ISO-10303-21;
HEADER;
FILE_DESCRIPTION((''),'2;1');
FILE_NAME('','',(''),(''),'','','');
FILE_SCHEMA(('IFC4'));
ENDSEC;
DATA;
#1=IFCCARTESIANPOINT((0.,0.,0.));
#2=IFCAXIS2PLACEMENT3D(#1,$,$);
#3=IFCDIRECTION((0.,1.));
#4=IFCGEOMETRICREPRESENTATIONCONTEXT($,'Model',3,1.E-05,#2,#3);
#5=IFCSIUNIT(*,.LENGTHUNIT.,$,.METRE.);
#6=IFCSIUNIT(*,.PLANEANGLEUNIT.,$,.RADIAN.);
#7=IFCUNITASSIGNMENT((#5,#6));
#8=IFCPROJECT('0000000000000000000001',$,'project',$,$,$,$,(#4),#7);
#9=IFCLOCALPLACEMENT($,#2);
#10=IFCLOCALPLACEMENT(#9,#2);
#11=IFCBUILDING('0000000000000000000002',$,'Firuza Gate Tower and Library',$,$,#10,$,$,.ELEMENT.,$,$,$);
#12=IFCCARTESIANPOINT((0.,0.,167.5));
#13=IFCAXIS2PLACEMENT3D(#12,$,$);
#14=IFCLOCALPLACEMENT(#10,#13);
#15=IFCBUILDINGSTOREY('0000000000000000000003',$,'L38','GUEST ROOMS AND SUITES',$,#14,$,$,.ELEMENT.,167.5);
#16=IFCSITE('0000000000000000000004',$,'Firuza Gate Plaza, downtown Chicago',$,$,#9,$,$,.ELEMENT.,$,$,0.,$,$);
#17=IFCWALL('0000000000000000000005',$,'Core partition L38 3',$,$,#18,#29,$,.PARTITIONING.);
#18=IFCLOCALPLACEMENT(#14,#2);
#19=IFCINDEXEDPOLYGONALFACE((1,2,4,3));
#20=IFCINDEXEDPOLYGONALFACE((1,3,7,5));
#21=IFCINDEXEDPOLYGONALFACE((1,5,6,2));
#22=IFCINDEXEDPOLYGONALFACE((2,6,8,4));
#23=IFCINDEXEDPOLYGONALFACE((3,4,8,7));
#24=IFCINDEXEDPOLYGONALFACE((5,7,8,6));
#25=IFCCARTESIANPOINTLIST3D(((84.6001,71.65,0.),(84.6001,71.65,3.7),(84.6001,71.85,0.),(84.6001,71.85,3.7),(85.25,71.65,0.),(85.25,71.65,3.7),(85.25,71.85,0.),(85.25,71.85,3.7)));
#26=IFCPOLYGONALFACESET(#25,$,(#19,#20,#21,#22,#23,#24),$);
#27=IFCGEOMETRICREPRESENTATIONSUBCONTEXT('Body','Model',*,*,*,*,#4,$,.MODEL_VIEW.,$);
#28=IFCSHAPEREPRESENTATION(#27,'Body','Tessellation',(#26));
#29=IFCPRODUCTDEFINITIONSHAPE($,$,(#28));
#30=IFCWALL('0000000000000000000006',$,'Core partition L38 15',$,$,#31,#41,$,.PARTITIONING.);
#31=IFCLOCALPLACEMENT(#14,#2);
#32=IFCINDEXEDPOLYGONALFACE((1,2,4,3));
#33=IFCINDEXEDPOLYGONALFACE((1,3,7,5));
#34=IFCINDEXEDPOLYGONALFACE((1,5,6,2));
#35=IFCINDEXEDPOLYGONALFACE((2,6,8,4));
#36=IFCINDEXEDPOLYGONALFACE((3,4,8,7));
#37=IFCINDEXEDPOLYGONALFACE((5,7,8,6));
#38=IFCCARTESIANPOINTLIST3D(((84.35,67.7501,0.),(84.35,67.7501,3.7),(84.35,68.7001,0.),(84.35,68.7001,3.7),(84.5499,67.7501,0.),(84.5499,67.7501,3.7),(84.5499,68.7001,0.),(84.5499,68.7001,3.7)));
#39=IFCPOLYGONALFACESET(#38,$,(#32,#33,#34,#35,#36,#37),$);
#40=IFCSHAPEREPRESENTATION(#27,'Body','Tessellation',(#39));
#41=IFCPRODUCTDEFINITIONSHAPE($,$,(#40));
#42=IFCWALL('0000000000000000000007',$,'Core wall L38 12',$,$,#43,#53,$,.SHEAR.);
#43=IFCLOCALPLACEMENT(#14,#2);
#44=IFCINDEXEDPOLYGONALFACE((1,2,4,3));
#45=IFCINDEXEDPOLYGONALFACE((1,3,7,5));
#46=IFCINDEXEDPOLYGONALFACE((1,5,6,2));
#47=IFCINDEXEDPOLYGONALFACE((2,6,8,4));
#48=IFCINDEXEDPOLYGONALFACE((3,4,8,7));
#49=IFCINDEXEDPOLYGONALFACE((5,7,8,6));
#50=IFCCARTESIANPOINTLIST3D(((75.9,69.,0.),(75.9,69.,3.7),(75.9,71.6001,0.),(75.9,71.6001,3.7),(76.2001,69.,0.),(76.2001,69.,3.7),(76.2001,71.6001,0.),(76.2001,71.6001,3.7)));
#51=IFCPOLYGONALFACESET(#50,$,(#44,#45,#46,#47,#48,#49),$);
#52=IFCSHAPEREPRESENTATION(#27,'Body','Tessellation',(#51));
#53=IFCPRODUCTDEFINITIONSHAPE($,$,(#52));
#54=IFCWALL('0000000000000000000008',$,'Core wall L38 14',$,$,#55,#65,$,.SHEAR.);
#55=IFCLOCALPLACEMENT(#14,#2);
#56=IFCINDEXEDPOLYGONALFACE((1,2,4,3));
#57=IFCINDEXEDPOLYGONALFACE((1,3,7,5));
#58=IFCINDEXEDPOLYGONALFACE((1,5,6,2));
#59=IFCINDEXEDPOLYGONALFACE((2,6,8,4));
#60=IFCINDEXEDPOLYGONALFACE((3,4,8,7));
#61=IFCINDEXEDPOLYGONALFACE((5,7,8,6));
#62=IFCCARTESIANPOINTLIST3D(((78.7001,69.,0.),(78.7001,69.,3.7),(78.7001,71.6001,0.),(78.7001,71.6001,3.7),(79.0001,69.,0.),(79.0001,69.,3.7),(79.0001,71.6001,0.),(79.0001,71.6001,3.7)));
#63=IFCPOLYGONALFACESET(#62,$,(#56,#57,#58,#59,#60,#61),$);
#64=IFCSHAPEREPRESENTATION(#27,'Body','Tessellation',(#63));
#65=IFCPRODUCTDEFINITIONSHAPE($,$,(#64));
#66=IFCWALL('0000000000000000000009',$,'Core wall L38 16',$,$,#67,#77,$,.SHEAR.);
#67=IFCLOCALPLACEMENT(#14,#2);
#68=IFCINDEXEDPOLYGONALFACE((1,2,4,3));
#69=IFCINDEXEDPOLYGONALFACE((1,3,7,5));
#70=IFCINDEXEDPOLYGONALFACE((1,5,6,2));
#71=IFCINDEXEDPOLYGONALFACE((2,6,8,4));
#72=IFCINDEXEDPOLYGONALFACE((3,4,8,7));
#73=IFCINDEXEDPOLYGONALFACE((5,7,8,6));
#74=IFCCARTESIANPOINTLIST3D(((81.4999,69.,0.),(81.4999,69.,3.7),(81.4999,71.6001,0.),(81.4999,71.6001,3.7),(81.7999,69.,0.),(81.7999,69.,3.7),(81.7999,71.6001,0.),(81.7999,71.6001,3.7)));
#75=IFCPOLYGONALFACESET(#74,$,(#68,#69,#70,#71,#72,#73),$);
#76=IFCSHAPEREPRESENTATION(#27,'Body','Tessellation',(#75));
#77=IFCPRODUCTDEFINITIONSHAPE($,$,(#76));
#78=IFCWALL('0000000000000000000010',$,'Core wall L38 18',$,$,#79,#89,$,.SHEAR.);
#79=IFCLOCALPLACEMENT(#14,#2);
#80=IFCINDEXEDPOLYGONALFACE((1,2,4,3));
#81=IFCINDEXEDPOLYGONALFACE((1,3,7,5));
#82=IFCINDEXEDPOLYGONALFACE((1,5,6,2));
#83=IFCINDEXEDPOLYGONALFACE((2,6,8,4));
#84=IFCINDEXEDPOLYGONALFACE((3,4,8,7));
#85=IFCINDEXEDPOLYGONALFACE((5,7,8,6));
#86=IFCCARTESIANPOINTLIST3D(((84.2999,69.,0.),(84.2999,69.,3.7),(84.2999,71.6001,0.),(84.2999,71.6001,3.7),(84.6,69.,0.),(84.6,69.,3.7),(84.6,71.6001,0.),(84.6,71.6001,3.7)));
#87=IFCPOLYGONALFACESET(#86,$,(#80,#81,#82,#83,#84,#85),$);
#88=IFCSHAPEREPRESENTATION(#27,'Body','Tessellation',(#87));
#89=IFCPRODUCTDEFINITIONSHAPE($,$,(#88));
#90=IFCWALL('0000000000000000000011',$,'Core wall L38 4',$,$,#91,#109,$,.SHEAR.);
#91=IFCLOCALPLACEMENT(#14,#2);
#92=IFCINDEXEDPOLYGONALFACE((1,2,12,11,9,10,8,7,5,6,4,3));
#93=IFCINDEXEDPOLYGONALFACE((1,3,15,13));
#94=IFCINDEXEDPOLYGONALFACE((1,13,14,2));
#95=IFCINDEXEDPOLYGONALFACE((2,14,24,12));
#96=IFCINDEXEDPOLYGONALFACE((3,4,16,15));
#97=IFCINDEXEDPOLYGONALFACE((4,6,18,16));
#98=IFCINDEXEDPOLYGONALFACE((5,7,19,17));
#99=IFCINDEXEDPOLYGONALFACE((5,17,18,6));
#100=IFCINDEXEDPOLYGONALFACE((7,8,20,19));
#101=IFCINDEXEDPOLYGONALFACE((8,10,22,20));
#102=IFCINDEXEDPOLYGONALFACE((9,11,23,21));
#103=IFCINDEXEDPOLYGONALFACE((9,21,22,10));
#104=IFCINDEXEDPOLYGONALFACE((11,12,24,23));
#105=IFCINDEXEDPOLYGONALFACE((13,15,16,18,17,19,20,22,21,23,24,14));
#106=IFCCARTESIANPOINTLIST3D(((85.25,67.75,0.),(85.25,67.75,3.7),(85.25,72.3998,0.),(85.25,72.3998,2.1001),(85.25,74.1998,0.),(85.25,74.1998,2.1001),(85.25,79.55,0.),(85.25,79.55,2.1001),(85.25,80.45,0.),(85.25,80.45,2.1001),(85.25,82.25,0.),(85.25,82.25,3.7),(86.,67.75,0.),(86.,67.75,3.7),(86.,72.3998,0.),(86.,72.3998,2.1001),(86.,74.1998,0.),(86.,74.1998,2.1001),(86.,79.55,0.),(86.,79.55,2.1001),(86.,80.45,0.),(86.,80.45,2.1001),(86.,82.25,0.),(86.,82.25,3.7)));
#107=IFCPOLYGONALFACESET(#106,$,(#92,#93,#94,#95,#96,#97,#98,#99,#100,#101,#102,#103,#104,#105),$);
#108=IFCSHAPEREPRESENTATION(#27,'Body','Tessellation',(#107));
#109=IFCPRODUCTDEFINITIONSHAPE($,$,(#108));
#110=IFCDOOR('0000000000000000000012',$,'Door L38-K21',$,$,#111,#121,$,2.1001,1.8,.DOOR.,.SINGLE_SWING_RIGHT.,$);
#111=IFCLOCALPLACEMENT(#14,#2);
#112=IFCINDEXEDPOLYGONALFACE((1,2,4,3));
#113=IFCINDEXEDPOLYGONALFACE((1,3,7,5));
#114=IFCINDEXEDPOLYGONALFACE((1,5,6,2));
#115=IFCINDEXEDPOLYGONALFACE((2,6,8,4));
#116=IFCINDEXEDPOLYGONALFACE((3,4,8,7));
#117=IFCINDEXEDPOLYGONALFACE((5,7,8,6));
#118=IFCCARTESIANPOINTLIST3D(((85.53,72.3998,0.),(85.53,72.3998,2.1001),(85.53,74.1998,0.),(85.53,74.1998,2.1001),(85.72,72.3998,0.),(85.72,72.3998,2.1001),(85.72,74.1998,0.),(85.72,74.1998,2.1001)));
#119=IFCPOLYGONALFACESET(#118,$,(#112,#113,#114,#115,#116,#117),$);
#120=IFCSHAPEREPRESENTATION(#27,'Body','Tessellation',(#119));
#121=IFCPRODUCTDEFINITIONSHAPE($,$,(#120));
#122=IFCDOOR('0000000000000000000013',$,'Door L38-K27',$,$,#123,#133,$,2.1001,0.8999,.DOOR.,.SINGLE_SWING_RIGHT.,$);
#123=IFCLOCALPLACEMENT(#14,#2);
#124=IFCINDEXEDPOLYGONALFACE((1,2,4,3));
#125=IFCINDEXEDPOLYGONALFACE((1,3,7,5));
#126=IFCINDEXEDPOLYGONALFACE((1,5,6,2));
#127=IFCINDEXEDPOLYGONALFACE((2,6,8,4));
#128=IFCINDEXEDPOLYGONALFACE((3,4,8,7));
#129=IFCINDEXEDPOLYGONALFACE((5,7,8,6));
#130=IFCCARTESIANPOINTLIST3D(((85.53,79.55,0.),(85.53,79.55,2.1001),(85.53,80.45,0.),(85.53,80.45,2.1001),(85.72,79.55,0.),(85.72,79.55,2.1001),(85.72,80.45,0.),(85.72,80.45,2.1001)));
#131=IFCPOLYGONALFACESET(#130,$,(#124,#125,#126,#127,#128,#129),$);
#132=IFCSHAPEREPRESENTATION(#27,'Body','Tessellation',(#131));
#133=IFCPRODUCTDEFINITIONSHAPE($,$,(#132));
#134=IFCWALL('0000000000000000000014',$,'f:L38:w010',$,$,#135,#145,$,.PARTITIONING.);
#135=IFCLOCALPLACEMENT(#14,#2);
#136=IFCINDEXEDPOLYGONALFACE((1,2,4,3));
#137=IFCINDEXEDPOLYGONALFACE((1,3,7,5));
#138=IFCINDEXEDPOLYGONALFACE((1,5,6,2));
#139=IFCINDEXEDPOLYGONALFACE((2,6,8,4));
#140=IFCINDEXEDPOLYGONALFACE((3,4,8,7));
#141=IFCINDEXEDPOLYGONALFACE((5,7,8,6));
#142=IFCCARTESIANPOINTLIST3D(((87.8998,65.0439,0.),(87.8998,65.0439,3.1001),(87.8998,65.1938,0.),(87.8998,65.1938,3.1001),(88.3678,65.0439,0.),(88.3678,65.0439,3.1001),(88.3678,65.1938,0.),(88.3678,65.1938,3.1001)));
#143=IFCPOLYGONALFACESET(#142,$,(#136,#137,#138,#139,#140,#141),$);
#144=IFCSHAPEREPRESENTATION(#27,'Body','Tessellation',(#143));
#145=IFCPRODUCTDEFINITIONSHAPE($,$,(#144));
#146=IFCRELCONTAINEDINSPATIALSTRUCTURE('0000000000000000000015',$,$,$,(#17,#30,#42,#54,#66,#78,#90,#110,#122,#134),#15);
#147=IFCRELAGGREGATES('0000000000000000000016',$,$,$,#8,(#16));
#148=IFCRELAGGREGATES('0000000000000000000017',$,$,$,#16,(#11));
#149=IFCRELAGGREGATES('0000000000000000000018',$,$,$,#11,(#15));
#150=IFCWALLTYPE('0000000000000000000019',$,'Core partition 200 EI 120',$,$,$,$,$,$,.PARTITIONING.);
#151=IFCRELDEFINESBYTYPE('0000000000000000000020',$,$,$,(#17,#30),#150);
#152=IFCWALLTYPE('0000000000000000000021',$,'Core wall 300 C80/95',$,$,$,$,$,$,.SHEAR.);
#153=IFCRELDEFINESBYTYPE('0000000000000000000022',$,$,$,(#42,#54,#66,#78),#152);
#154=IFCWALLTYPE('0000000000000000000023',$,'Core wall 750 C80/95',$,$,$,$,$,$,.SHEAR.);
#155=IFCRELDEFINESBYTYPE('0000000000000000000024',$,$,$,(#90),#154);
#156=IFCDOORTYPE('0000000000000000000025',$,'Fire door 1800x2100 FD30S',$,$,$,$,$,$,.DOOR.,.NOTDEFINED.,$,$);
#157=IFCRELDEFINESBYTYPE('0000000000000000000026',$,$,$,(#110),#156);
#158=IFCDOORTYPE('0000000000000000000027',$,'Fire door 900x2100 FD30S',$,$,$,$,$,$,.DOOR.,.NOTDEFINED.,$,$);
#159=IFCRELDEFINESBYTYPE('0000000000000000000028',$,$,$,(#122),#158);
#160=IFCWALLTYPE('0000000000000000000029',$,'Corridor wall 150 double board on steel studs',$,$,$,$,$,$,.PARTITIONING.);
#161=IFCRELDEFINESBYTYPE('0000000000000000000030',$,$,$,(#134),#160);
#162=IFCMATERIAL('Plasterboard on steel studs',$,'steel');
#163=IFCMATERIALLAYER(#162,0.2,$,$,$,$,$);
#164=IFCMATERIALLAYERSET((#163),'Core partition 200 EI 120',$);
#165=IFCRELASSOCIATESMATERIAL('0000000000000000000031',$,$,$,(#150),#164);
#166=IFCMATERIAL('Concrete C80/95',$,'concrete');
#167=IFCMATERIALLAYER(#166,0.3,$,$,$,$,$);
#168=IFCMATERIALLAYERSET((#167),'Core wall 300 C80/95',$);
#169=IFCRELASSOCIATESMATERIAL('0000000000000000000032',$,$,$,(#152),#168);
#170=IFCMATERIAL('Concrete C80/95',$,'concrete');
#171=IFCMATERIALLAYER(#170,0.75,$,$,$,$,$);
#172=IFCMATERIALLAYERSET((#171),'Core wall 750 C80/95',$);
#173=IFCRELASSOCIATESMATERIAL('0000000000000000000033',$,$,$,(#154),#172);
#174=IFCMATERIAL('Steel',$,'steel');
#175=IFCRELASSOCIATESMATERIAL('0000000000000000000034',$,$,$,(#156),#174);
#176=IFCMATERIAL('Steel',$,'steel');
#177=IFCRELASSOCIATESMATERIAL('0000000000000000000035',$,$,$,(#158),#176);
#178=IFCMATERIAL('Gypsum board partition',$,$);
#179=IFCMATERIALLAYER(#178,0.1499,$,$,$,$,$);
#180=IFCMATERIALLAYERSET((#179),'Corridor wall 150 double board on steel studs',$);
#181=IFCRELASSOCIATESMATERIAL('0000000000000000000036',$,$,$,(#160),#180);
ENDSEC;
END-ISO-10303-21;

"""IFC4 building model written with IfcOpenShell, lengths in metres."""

from ifc_helpers import new_model, si_unit, direction, frame, frame_2d, origin, place, context, subcontext, project, spatial, rectangle, extrude, material, layer, layer_set, type_object, element, fill, save


model = new_model("IFC4")

# Units and contexts
model_context = context("Model", 3, precision=1e-05, world=origin(), true_north=direction((0.0, 1.0)))
body_context = subcontext(model_context, "Body", "Model", "MODEL_VIEW")
ifc_project = project(units=[si_unit("LENGTHUNIT", "METRE"), si_unit("PLANEANGLEUNIT", "RADIAN")], contexts=[model_context])

# Site, building, storey
site_placement = place(None, origin())
site = spatial("IfcSite", under=ifc_project, at=site_placement, Name="Firuza Gate Plaza, downtown Chicago", CompositionType="ELEMENT", RefElevation=0.0)
building_placement = place(site_placement, origin())
building = spatial("IfcBuilding", under=site, at=building_placement, Name="Firuza Gate Tower and Library", CompositionType="ELEMENT")
storey_placement = place(building_placement, frame((0.0, 0.0, 167.5)))
storey = spatial("IfcBuildingStorey", under=building, at=storey_placement, Name="L38", Description="GUEST ROOMS AND SUITES", CompositionType="ELEMENT", Elevation=167.5)

# Walls
ifc_material_1 = material(Name="Plasterboard on steel studs", Category="steel")
ifc_layer_1 = layer(ifc_material_1, 0.2)
ifc_layer_set_1 = layer_set([ifc_layer_1], Name="Core partition 200 EI 120")
wall_type_1 = type_object("IfcWallType", Name="Core partition 200 EI 120", PredefinedType="PARTITIONING", material=ifc_layer_set_1)
wall_1_placement = place(storey_placement, frame((84.6001, 71.75, 0.0), z_axis=(0.0, 0.0, 1.0), x_axis=(1.0, 0.0, 0.0)))
element("IfcWall", 1, at=wall_1_placement, inside=storey, type_object=wall_type_1, Name="Core partition L38 3", PredefinedType="PARTITIONING", context=body_context, shape_type="SweptSolid", body=[
    extrude(rectangle(XDim=0.6499, YDim=0.2, at=frame_2d((0.325, 0.0))), origin(), (0.0, 0.0, 1.0), 3.7),
])
wall_2_placement = place(storey_placement, frame((84.45, 67.75, 0.0), z_axis=(0.0, 0.0, 1.0), x_axis=(0.0, 1.0, 0.0)))
element("IfcWall", 2, at=wall_2_placement, inside=storey, type_object=wall_type_1, Name="Core partition L38 15", PredefinedType="PARTITIONING", context=body_context, shape_type="SweptSolid", body=[
    extrude(rectangle(XDim=0.95, YDim=0.2, at=frame_2d((0.4751, 0.0))), origin(), (0.0, 0.0, 1.0), 3.7),
])
ifc_material_2 = material(Name="Concrete C80/95", Category="concrete")
ifc_layer_2 = layer(ifc_material_2, 0.3)
ifc_layer_set_2 = layer_set([ifc_layer_2], Name="Core wall 300 C80/95")
wall_type_2 = type_object("IfcWallType", Name="Core wall 300 C80/95", PredefinedType="SHEAR", material=ifc_layer_set_2)
for number, where, z_axis, x_axis, name in (
    (3, (76.05, 69.0, 0.0), (0.0, 0.0, 1.0), (0.0, 1.0, 0.0), "Core wall L38 12"),
    (4, (78.8501, 69.0, 0.0), (0.0, 0.0, 1.0), (0.0, 1.0, 0.0), "Core wall L38 14"),
    (5, (81.6499, 69.0, 0.0), (0.0, 0.0, 1.0), (0.0, 1.0, 0.0), "Core wall L38 16"),
    (6, (84.45, 69.0, 0.0), (0.0, 0.0, 1.0), (0.0, 1.0, 0.0), "Core wall L38 18"),
):
    element("IfcWall", number, at=place(storey_placement, frame(where, z_axis=z_axis, x_axis=x_axis)), inside=storey, type_object=wall_type_2, Name=name, PredefinedType="SHEAR", context=body_context, shape_type="SweptSolid", body=[
        extrude(rectangle(XDim=2.6001, YDim=0.3, at=frame_2d((1.3, 0.0))), origin(), (0.0, 0.0, 1.0), 3.7),
    ])

# Wall, openings, doors
ifc_material_3 = material(Name="Concrete C80/95", Category="concrete")
ifc_layer_3 = layer(ifc_material_3, 0.75)
ifc_layer_set_3 = layer_set([ifc_layer_3], Name="Core wall 750 C80/95")
wall_type_3 = type_object("IfcWallType", Name="Core wall 750 C80/95", PredefinedType="SHEAR", material=ifc_layer_set_3)
wall_3_placement = place(storey_placement, frame((85.625, 67.75, 0.0), z_axis=(0.0, 0.0, 1.0), x_axis=(0.0, 1.0, 0.0)))
wall_3 = element("IfcWall", 7, at=wall_3_placement, inside=storey, type_object=wall_type_3, Name="Core wall L38 4", PredefinedType="SHEAR", context=body_context, shape_type="SweptSolid", body=[
    extrude(rectangle(XDim=14.5, YDim=0.75, at=frame_2d((7.25, 0.0))), origin(), (0.0, 0.0, 1.0), 3.7),
])
opening_1_placement = place(wall_3_placement, frame((4.6499, 0.0, 0.0)))
opening_1 = element("IfcOpeningElement", 8, at=opening_1_placement, cuts=wall_3, PredefinedType="OPENING", context=body_context, shape_type="SweptSolid", body=[
    extrude(rectangle(XDim=1.8, YDim=2.1001, at=frame_2d((0.8999, 1.05))), frame((0.0, 0.385, 0.0), z_axis=(0.0, -1.0, 0.0), x_axis=(1.0, 0.0, 0.0)), (0.0, 0.0, 1.0), 0.77),
])
opening_2_placement = place(wall_3_placement, frame((11.8, 0.0, 0.0)))
opening_2 = element("IfcOpeningElement", 9, at=opening_2_placement, cuts=wall_3, PredefinedType="OPENING", context=body_context, shape_type="SweptSolid", body=[
    extrude(rectangle(XDim=0.8999, YDim=2.1001, at=frame_2d((0.45, 1.05))), frame((0.0, 0.385, 0.0), z_axis=(0.0, -1.0, 0.0), x_axis=(1.0, 0.0, 0.0)), (0.0, 0.0, 1.0), 0.77),
])
ifc_material_4 = material(Name="Steel", Category="steel")
door_type_1 = type_object("IfcDoorType", Name="Fire door 1800x2100 FD30S", OperationType="NOTDEFINED", PredefinedType="DOOR", material=ifc_material_4)
door_1_placement = place(opening_1_placement, origin())
door_1 = element("IfcDoor", 10, at=door_1_placement, inside=storey, type_object=door_type_1, Name="Door L38-K21", OperationType="SINGLE_SWING_RIGHT", OverallHeight=2.1001, OverallWidth=1.8, PredefinedType="DOOR", context=body_context, shape_type="SweptSolid", body=[
    extrude(rectangle(XDim=1.8, YDim=2.1001, at=frame_2d((0.8999, 1.05))), frame((0.0, 0.095, 0.0), z_axis=(0.0, -1.0, 0.0), x_axis=(1.0, 0.0, 0.0)), (0.0, 0.0, 1.0), 0.1899),
])
fill(opening_1, door_1)
ifc_material_5 = material(Name="Steel", Category="steel")
door_type_2 = type_object("IfcDoorType", Name="Fire door 900x2100 FD30S", OperationType="NOTDEFINED", PredefinedType="DOOR", material=ifc_material_5)
door_2_placement = place(opening_2_placement, origin())
door_2 = element("IfcDoor", 11, at=door_2_placement, inside=storey, type_object=door_type_2, Name="Door L38-K27", OperationType="SINGLE_SWING_RIGHT", OverallHeight=2.1001, OverallWidth=0.8999, PredefinedType="DOOR", context=body_context, shape_type="SweptSolid", body=[
    extrude(rectangle(XDim=0.8999, YDim=2.1001, at=frame_2d((0.45, 1.05))), frame((0.0, 0.095, 0.0), z_axis=(0.0, -1.0, 0.0), x_axis=(1.0, 0.0, 0.0)), (0.0, 0.0, 1.0), 0.1899),
])
fill(opening_2, door_2)

# Wall
ifc_material_6 = material(Name="Gypsum board partition")
ifc_layer_4 = layer(ifc_material_6, 0.1499)
ifc_layer_set_4 = layer_set([ifc_layer_4], Name="Corridor wall 150 double board on steel studs")
wall_type_4 = type_object("IfcWallType", Name="Corridor wall 150 double board on steel studs", PredefinedType="PARTITIONING", material=ifc_layer_set_4)
wall_4_placement = place(storey_placement, frame((87.8999, 65.1189, 0.0), z_axis=(0.0, 0.0, 1.0), x_axis=(1.0, 0.0, 0.0)))
element("IfcWall", 12, at=wall_4_placement, inside=storey, type_object=wall_type_4, Name="f:L38:w010", PredefinedType="PARTITIONING", context=body_context, shape_type="SweptSolid", body=[
    extrude(rectangle(XDim=0.468, YDim=0.1499, at=frame_2d((0.2339, 0.0))), origin(), (0.0, 0.0, 1.0), 3.1001),
])

save(model, "model.ifc")
